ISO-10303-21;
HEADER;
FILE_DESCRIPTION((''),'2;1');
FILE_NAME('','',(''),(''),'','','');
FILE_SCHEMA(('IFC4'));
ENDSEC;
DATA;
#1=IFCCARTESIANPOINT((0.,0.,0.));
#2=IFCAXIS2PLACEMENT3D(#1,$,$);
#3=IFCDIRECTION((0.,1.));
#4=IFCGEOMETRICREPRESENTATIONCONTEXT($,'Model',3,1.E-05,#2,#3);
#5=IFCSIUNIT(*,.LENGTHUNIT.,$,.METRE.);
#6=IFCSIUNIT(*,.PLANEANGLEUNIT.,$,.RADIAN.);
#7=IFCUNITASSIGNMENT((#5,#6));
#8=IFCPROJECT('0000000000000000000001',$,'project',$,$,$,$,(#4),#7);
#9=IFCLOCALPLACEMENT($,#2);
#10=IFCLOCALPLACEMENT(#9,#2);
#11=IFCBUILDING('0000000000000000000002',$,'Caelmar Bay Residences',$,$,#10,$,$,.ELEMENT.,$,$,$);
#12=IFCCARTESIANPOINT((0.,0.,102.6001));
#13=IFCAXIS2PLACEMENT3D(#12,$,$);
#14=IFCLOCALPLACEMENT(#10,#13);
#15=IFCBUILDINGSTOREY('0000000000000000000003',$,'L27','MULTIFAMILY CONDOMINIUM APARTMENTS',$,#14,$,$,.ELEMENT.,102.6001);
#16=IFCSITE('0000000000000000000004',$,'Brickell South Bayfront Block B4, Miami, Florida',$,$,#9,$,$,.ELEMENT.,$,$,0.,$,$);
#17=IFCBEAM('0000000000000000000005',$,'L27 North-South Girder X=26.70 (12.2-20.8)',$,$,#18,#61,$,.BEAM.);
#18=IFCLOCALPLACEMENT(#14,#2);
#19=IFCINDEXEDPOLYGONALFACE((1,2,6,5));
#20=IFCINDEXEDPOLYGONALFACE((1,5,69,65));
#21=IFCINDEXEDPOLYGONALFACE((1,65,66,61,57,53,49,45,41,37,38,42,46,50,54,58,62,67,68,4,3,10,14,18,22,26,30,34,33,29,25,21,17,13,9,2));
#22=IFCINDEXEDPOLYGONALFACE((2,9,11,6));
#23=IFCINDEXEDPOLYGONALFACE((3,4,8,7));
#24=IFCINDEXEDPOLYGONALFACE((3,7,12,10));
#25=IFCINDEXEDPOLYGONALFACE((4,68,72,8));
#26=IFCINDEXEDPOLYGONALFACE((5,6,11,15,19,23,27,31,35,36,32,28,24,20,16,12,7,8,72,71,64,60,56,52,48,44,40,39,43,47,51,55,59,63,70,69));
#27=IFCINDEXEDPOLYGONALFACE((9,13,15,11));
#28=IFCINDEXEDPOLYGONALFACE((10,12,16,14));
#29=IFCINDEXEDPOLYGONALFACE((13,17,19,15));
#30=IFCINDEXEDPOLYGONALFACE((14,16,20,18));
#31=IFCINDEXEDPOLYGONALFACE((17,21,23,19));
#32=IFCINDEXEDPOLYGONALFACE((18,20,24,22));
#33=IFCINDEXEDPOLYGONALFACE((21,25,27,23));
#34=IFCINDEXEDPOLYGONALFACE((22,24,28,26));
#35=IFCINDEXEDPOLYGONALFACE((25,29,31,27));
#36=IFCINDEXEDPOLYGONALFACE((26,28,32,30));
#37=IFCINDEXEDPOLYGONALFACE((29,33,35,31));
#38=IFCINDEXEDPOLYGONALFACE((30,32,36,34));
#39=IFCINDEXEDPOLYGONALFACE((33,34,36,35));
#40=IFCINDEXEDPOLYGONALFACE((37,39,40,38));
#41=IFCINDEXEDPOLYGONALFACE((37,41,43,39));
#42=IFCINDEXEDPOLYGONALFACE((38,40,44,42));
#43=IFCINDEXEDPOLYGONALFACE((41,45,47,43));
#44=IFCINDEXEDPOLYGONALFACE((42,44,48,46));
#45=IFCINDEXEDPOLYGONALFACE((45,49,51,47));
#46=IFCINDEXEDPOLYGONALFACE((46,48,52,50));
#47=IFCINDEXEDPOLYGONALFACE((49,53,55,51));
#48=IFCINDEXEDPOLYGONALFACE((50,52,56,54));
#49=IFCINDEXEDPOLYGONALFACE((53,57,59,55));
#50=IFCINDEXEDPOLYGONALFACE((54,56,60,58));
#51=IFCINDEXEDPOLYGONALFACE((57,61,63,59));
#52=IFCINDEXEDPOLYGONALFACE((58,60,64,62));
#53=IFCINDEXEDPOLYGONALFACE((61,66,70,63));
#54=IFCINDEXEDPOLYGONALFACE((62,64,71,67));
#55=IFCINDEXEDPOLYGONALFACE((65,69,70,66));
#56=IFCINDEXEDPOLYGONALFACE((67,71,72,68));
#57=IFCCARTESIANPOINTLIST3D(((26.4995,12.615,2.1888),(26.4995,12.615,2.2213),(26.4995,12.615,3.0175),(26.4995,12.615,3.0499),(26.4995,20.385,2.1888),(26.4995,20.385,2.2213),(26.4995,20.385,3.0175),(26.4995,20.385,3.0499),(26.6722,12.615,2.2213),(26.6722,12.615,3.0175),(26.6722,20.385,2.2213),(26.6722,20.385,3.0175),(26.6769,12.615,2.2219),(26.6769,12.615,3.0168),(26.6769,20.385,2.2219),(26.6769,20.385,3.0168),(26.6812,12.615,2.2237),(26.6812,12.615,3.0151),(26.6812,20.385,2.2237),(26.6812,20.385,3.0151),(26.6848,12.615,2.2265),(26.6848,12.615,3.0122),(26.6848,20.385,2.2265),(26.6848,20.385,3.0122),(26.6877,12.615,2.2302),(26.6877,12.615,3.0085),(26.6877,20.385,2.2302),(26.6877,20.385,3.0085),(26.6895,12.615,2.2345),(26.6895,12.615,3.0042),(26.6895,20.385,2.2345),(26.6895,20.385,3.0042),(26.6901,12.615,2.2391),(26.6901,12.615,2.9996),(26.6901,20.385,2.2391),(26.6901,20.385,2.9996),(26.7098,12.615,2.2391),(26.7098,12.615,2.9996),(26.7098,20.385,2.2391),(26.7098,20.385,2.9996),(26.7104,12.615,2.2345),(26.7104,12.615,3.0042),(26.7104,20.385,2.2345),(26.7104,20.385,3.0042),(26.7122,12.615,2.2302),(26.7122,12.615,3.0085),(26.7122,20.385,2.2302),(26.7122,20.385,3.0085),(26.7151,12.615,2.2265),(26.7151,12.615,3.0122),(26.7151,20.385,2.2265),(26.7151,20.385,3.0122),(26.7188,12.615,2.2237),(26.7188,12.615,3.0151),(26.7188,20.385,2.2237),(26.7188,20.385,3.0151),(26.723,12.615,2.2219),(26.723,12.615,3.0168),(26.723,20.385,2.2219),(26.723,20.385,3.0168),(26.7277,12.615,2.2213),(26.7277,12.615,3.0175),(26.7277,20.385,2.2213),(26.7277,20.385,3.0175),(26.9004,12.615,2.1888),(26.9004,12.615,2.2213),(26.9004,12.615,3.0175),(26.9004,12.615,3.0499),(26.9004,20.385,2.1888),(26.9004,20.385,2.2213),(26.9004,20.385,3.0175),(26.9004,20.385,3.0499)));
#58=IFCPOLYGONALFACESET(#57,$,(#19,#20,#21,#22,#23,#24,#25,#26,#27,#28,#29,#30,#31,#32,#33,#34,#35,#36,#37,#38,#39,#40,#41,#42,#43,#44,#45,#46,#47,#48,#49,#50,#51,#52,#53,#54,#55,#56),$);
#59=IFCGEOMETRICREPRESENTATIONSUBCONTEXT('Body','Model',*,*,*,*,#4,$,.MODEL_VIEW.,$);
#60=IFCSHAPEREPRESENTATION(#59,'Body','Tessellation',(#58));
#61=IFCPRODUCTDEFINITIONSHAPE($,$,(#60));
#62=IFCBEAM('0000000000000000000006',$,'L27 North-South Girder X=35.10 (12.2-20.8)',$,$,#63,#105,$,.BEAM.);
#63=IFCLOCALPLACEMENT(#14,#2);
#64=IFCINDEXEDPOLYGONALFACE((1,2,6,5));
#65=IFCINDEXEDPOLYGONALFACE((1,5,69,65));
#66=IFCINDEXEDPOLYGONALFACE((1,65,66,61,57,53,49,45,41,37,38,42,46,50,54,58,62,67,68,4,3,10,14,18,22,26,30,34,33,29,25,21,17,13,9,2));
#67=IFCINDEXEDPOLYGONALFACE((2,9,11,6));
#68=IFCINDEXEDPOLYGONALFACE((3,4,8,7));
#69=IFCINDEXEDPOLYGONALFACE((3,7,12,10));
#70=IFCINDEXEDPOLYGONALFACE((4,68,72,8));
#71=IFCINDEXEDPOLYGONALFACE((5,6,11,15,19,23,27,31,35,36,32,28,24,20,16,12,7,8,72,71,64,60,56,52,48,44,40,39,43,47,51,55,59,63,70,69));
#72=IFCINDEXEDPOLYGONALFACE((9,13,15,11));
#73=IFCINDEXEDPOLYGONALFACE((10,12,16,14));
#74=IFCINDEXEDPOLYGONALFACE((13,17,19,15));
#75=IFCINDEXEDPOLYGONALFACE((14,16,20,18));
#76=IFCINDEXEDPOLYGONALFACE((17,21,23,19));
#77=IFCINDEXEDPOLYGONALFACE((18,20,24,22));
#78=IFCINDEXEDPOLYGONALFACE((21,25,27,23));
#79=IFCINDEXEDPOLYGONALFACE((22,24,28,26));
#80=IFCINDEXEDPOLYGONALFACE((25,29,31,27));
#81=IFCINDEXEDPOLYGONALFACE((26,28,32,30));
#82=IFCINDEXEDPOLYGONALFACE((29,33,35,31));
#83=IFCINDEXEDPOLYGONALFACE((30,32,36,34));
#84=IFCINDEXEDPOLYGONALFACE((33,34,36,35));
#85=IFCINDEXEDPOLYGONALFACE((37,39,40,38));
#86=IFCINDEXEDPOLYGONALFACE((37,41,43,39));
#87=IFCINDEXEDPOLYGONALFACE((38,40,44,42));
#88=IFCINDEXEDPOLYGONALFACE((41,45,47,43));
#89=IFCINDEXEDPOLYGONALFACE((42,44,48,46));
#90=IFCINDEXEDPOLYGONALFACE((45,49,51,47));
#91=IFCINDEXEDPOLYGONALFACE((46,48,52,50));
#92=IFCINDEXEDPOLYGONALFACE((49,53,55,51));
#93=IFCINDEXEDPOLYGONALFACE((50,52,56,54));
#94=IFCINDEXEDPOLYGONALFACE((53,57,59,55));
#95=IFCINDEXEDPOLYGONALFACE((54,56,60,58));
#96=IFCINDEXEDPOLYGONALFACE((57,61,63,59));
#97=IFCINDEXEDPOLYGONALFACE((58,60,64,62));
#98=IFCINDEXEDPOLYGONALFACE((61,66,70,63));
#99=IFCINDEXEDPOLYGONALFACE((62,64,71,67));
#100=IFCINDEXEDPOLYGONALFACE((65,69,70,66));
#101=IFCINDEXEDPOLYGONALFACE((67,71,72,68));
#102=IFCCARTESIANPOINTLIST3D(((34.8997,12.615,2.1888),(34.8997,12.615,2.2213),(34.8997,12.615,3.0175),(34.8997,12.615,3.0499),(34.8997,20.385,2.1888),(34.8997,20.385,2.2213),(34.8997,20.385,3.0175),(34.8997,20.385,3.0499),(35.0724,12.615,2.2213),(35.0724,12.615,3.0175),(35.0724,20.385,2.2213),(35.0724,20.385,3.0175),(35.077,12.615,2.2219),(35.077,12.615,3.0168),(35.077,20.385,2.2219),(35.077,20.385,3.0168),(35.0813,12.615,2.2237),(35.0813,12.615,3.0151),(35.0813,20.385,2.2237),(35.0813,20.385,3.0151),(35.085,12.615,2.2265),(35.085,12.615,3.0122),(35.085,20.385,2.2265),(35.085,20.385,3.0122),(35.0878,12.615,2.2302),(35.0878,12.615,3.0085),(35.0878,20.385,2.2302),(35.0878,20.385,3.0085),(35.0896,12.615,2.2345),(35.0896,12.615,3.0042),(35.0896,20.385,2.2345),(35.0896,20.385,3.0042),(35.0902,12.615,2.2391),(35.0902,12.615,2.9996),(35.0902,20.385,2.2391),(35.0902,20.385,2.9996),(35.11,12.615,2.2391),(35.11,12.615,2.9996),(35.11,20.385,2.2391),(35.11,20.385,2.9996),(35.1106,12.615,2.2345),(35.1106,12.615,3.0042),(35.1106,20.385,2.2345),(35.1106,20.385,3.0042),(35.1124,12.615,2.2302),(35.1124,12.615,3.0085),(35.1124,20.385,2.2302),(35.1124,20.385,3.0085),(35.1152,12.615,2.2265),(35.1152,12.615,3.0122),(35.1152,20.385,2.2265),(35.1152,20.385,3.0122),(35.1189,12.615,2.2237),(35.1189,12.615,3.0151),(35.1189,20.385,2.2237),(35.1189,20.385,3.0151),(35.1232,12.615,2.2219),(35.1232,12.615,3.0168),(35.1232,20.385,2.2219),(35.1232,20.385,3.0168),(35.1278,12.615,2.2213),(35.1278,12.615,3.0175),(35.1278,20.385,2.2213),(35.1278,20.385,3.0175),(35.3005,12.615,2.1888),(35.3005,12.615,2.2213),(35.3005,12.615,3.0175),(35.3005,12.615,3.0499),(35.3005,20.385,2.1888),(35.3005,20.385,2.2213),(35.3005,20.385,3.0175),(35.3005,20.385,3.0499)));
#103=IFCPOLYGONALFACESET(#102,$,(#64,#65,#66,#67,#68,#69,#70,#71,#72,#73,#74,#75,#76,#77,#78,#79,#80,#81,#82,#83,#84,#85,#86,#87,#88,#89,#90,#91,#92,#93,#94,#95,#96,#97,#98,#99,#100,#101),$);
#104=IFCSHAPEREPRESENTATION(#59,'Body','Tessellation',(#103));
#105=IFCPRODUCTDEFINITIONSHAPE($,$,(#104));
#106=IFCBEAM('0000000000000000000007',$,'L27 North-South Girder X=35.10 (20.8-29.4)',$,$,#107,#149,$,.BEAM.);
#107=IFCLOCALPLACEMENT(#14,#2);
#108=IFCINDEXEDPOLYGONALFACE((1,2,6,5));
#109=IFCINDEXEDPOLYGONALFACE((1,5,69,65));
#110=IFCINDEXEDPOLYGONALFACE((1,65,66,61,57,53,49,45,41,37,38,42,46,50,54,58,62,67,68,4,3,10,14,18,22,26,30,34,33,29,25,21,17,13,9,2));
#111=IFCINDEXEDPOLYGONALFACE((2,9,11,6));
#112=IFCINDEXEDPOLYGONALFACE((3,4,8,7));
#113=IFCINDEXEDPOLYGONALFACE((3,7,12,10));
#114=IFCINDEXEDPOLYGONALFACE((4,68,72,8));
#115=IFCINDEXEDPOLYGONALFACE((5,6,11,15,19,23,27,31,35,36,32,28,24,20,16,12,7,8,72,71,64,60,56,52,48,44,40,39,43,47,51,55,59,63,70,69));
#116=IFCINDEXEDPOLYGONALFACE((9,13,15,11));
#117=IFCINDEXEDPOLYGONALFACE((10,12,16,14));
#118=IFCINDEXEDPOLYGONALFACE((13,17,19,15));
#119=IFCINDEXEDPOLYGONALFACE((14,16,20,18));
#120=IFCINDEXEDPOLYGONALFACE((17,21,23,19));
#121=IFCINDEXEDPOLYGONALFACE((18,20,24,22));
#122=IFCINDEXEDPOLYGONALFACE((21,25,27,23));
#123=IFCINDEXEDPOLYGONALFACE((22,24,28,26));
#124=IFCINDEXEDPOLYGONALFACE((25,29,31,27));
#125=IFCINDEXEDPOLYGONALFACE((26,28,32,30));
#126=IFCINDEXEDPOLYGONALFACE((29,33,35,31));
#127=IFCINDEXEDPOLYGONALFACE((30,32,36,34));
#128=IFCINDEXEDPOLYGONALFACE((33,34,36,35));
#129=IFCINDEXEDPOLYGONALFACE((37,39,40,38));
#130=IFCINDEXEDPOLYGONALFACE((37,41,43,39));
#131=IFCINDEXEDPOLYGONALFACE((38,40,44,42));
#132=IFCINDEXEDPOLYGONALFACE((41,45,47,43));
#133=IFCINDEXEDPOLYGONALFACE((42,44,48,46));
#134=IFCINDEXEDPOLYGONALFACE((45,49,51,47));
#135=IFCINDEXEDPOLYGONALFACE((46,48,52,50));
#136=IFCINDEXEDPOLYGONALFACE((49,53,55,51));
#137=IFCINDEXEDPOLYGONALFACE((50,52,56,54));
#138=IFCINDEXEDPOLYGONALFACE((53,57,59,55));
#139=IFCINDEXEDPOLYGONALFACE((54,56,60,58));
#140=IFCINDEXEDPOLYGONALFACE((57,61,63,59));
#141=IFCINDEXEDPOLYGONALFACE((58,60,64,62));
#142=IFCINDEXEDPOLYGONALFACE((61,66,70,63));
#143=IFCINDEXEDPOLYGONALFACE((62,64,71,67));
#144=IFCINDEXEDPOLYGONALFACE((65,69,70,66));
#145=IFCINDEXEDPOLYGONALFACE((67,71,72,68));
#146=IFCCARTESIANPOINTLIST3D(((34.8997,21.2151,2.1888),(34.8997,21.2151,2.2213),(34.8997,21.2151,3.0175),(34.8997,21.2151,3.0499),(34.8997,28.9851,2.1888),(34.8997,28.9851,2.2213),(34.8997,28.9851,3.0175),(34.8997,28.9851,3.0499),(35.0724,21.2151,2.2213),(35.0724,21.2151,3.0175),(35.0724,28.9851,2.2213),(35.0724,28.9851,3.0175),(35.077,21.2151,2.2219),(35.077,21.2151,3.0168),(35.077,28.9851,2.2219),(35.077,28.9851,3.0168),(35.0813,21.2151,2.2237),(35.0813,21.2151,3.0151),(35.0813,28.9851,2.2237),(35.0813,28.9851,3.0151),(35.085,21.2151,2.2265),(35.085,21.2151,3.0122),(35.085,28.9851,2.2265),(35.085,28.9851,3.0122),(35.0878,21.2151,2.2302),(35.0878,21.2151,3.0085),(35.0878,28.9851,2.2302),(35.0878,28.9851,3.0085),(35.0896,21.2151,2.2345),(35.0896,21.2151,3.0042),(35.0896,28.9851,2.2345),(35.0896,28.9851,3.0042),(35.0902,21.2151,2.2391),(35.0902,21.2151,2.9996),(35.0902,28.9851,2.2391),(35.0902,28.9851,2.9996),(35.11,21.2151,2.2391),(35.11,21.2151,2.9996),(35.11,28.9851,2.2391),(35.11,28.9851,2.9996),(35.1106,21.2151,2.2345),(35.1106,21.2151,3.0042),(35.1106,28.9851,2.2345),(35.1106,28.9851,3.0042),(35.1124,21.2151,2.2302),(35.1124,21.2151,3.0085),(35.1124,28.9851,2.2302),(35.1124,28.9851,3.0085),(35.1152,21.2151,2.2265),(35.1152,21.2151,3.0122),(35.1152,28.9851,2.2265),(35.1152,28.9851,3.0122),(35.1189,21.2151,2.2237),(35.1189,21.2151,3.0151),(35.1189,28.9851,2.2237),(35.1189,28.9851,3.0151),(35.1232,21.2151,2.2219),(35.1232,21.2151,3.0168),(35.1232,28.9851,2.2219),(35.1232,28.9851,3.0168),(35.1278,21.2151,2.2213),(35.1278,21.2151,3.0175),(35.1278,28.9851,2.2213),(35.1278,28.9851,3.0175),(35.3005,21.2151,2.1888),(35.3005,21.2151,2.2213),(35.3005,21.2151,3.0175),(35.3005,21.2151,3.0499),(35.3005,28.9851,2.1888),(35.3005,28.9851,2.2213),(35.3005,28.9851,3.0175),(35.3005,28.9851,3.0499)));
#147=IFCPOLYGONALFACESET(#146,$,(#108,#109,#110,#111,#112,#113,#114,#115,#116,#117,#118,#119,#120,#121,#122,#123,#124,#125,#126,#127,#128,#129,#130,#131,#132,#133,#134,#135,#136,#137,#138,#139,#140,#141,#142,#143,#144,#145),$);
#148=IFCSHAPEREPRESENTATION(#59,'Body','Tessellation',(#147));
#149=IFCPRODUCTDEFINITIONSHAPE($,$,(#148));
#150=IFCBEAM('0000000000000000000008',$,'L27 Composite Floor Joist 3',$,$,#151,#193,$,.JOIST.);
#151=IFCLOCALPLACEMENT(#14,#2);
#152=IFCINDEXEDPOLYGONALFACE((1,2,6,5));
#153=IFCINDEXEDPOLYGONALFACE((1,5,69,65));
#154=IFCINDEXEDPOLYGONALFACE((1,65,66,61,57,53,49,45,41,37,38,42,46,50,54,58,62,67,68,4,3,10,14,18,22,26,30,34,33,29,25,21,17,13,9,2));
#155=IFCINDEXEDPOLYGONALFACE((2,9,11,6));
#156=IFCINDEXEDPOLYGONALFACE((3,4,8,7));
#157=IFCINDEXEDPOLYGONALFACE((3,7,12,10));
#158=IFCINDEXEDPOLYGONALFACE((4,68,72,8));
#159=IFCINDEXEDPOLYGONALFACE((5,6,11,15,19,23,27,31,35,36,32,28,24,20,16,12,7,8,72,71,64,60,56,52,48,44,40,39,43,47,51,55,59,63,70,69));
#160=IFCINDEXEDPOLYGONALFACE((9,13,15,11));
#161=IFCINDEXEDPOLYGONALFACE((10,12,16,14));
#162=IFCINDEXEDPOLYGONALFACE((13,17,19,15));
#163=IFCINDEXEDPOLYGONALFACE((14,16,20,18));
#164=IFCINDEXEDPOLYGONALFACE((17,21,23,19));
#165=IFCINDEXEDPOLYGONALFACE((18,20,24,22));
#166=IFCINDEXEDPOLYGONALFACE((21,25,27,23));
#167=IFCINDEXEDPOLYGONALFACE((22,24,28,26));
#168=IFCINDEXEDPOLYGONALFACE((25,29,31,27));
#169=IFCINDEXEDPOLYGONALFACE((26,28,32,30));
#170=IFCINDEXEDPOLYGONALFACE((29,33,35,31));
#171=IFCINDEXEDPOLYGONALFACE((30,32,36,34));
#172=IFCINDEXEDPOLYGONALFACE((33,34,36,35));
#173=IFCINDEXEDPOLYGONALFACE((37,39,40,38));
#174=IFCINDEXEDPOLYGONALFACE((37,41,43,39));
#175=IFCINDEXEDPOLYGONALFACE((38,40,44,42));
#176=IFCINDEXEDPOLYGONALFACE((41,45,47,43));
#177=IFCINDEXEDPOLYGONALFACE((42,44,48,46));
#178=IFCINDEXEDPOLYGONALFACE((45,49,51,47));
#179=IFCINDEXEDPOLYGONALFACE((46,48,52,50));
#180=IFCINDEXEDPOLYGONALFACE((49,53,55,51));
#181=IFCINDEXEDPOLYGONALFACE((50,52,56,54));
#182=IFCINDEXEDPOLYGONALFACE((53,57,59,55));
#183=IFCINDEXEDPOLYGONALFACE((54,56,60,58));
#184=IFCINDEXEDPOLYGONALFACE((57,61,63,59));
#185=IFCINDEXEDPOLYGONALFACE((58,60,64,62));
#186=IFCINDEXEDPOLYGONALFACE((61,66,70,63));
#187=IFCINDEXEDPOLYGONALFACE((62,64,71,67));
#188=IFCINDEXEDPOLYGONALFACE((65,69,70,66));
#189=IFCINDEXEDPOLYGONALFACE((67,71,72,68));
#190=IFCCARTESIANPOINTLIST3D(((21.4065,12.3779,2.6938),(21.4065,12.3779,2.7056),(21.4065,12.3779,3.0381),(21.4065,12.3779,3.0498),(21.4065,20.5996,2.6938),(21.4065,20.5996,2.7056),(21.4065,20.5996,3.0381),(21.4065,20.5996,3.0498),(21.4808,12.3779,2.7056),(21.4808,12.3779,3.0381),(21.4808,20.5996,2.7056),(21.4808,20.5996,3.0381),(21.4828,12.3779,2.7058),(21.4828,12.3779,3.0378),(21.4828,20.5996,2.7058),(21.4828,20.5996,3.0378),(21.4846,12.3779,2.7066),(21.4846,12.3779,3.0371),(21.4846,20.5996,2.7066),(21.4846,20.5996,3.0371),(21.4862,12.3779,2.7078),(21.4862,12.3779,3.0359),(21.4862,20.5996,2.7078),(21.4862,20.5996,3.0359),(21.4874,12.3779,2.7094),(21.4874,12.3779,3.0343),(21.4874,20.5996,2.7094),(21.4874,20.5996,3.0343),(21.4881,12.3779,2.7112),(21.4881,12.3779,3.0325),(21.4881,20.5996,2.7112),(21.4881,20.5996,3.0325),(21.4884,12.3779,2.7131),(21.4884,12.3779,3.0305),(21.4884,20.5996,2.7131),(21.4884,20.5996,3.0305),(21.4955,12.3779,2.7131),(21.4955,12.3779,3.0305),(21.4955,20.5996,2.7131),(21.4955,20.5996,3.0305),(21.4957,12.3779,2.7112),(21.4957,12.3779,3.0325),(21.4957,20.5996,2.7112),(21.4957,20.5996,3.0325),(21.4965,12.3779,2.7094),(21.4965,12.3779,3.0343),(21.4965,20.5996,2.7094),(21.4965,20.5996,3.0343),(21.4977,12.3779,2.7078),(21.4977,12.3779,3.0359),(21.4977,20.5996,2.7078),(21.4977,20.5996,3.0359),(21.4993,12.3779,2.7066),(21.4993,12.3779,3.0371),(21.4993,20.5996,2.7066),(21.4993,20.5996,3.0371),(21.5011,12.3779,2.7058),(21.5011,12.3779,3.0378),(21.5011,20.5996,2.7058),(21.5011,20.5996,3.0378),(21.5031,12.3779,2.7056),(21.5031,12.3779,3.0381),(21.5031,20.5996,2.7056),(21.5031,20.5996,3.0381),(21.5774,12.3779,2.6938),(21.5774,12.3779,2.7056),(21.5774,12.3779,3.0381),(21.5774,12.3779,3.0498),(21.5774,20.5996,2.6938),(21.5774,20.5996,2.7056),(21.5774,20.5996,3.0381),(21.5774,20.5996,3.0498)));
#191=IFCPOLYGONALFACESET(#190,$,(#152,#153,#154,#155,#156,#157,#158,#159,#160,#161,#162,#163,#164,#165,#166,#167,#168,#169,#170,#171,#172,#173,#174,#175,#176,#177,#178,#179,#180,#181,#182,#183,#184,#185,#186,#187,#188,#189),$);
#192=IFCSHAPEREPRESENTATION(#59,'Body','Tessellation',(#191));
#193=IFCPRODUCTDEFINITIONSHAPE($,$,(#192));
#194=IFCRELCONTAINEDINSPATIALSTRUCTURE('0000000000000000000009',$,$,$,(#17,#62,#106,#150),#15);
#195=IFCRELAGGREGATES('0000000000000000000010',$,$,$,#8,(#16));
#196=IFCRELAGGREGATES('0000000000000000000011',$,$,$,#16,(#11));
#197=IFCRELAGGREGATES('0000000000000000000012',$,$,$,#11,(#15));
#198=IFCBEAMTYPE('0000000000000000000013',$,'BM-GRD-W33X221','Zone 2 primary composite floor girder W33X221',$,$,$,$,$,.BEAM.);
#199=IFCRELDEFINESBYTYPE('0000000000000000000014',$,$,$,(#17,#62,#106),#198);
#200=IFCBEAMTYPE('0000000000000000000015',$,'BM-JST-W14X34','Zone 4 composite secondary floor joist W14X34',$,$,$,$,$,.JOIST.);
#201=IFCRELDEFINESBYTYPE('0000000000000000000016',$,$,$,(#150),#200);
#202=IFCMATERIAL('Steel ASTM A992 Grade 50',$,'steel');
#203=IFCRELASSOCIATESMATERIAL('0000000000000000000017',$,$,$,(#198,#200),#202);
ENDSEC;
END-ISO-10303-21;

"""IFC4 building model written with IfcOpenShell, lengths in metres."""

from ifc_helpers import new_model, si_unit, direction, frame, origin, origin_2d, place, context, subcontext, project, spatial, i_section, extrude, material, material_profile, profile_set, type_object, element, save


model = new_model("IFC4")

# Units and contexts
model_context = context("Model", 3, precision=1e-05, world=origin(), true_north=direction((0.0, 1.0)))
body_context = subcontext(model_context, "Body", "Model", "MODEL_VIEW")
ifc_project = project(units=[si_unit("LENGTHUNIT", "METRE"), si_unit("PLANEANGLEUNIT", "RADIAN")], contexts=[model_context])

# Site, building, storey
site_placement = place(None, origin())
site = spatial("IfcSite", under=ifc_project, at=site_placement, Name="Brickell South Bayfront Block B4, Miami, Florida", CompositionType="ELEMENT", RefElevation=0.0)
building_placement = place(site_placement, origin())
building = spatial("IfcBuilding", under=site, at=building_placement, Name="Caelmar Bay Residences", CompositionType="ELEMENT")
storey_placement = place(building_placement, frame((0.0, 0.0, 102.6001)))
storey = spatial("IfcBuildingStorey", under=building, at=storey_placement, Name="L27", Description="MULTIFAMILY CONDOMINIUM APARTMENTS", CompositionType="ELEMENT", Elevation=102.6001)

# Beams
ifc_material_1 = material(Name="Steel ASTM A992 Grade 50", Category="steel")
ifc_material_profile_1 = material_profile(ifc_material_1, i_section(OverallWidth=0.4009, OverallDepth=0.8611, WebThickness=0.0198, FlangeThickness=0.0325, FilletRadius=0.0178, at=origin_2d()), Name="W33X221")
ifc_profile_set_1 = profile_set([ifc_material_profile_1], Name="Steel ASTM A992 Grade 50")
beam_type_1 = type_object("IfcBeamType", Name="BM-GRD-W33X221", Description="Zone 2 primary composite floor girder W33X221", PredefinedType="BEAM", material=ifc_profile_set_1)
for number, where, z_axis, x_axis, name in (
    (1, (26.7, 12.615, 2.6194), (0.0, 1.0, 0.0), (-1.0, 0.0, 0.0), "L27 North-South Girder X=26.70 (12.2-20.8)"),
    (2, (35.1001, 12.615, 2.6194), (0.0, 1.0, 0.0), (-1.0, 0.0, 0.0), "L27 North-South Girder X=35.10 (12.2-20.8)"),
    (3, (35.1001, 21.2151, 2.6194), (0.0, 1.0, 0.0), (-1.0, 0.0, 0.0), "L27 North-South Girder X=35.10 (20.8-29.4)"),
):
    element("IfcBeam", number, at=place(storey_placement, frame(where, z_axis=z_axis, x_axis=x_axis)), inside=storey, type_object=beam_type_1, Name=name, PredefinedType="BEAM", context=body_context, shape_type="SweptSolid", body=[
        extrude(i_section(OverallWidth=0.4009, OverallDepth=0.8611, WebThickness=0.0198, FlangeThickness=0.0325, FilletRadius=0.0178, at=origin_2d()), origin(), (0.0, 0.0, 1.0), 7.77),
    ])
ifc_material_profile_2 = material_profile(ifc_material_1, i_section(OverallWidth=0.1709, OverallDepth=0.356, WebThickness=0.0071, FlangeThickness=0.0117, FilletRadius=0.0076, at=origin_2d()), Name="W14X34")
ifc_profile_set_2 = profile_set([ifc_material_profile_2], Name="Steel ASTM A992 Grade 50")
beam_type_2 = type_object("IfcBeamType", Name="BM-JST-W14X34", Description="Zone 4 composite secondary floor joist W14X34", PredefinedType="JOIST", material=ifc_profile_set_2)
for number, where, z_axis, x_axis, name in (
    (4, (21.4919, 12.3779, 2.8718), (0.0, 1.0, 0.0), (-1.0, 0.0, 0.0), "L27 Composite Floor Joist 3"),
):
    element("IfcBeam", number, at=place(storey_placement, frame(where, z_axis=z_axis, x_axis=x_axis)), inside=storey, type_object=beam_type_2, Name=name, PredefinedType="JOIST", context=body_context, shape_type="SweptSolid", body=[
        extrude(i_section(OverallWidth=0.1709, OverallDepth=0.356, WebThickness=0.0071, FlangeThickness=0.0117, FilletRadius=0.0076, at=origin_2d()), origin(), (0.0, 0.0, 1.0), 8.2217),
    ])

save(model, "model.ifc")
